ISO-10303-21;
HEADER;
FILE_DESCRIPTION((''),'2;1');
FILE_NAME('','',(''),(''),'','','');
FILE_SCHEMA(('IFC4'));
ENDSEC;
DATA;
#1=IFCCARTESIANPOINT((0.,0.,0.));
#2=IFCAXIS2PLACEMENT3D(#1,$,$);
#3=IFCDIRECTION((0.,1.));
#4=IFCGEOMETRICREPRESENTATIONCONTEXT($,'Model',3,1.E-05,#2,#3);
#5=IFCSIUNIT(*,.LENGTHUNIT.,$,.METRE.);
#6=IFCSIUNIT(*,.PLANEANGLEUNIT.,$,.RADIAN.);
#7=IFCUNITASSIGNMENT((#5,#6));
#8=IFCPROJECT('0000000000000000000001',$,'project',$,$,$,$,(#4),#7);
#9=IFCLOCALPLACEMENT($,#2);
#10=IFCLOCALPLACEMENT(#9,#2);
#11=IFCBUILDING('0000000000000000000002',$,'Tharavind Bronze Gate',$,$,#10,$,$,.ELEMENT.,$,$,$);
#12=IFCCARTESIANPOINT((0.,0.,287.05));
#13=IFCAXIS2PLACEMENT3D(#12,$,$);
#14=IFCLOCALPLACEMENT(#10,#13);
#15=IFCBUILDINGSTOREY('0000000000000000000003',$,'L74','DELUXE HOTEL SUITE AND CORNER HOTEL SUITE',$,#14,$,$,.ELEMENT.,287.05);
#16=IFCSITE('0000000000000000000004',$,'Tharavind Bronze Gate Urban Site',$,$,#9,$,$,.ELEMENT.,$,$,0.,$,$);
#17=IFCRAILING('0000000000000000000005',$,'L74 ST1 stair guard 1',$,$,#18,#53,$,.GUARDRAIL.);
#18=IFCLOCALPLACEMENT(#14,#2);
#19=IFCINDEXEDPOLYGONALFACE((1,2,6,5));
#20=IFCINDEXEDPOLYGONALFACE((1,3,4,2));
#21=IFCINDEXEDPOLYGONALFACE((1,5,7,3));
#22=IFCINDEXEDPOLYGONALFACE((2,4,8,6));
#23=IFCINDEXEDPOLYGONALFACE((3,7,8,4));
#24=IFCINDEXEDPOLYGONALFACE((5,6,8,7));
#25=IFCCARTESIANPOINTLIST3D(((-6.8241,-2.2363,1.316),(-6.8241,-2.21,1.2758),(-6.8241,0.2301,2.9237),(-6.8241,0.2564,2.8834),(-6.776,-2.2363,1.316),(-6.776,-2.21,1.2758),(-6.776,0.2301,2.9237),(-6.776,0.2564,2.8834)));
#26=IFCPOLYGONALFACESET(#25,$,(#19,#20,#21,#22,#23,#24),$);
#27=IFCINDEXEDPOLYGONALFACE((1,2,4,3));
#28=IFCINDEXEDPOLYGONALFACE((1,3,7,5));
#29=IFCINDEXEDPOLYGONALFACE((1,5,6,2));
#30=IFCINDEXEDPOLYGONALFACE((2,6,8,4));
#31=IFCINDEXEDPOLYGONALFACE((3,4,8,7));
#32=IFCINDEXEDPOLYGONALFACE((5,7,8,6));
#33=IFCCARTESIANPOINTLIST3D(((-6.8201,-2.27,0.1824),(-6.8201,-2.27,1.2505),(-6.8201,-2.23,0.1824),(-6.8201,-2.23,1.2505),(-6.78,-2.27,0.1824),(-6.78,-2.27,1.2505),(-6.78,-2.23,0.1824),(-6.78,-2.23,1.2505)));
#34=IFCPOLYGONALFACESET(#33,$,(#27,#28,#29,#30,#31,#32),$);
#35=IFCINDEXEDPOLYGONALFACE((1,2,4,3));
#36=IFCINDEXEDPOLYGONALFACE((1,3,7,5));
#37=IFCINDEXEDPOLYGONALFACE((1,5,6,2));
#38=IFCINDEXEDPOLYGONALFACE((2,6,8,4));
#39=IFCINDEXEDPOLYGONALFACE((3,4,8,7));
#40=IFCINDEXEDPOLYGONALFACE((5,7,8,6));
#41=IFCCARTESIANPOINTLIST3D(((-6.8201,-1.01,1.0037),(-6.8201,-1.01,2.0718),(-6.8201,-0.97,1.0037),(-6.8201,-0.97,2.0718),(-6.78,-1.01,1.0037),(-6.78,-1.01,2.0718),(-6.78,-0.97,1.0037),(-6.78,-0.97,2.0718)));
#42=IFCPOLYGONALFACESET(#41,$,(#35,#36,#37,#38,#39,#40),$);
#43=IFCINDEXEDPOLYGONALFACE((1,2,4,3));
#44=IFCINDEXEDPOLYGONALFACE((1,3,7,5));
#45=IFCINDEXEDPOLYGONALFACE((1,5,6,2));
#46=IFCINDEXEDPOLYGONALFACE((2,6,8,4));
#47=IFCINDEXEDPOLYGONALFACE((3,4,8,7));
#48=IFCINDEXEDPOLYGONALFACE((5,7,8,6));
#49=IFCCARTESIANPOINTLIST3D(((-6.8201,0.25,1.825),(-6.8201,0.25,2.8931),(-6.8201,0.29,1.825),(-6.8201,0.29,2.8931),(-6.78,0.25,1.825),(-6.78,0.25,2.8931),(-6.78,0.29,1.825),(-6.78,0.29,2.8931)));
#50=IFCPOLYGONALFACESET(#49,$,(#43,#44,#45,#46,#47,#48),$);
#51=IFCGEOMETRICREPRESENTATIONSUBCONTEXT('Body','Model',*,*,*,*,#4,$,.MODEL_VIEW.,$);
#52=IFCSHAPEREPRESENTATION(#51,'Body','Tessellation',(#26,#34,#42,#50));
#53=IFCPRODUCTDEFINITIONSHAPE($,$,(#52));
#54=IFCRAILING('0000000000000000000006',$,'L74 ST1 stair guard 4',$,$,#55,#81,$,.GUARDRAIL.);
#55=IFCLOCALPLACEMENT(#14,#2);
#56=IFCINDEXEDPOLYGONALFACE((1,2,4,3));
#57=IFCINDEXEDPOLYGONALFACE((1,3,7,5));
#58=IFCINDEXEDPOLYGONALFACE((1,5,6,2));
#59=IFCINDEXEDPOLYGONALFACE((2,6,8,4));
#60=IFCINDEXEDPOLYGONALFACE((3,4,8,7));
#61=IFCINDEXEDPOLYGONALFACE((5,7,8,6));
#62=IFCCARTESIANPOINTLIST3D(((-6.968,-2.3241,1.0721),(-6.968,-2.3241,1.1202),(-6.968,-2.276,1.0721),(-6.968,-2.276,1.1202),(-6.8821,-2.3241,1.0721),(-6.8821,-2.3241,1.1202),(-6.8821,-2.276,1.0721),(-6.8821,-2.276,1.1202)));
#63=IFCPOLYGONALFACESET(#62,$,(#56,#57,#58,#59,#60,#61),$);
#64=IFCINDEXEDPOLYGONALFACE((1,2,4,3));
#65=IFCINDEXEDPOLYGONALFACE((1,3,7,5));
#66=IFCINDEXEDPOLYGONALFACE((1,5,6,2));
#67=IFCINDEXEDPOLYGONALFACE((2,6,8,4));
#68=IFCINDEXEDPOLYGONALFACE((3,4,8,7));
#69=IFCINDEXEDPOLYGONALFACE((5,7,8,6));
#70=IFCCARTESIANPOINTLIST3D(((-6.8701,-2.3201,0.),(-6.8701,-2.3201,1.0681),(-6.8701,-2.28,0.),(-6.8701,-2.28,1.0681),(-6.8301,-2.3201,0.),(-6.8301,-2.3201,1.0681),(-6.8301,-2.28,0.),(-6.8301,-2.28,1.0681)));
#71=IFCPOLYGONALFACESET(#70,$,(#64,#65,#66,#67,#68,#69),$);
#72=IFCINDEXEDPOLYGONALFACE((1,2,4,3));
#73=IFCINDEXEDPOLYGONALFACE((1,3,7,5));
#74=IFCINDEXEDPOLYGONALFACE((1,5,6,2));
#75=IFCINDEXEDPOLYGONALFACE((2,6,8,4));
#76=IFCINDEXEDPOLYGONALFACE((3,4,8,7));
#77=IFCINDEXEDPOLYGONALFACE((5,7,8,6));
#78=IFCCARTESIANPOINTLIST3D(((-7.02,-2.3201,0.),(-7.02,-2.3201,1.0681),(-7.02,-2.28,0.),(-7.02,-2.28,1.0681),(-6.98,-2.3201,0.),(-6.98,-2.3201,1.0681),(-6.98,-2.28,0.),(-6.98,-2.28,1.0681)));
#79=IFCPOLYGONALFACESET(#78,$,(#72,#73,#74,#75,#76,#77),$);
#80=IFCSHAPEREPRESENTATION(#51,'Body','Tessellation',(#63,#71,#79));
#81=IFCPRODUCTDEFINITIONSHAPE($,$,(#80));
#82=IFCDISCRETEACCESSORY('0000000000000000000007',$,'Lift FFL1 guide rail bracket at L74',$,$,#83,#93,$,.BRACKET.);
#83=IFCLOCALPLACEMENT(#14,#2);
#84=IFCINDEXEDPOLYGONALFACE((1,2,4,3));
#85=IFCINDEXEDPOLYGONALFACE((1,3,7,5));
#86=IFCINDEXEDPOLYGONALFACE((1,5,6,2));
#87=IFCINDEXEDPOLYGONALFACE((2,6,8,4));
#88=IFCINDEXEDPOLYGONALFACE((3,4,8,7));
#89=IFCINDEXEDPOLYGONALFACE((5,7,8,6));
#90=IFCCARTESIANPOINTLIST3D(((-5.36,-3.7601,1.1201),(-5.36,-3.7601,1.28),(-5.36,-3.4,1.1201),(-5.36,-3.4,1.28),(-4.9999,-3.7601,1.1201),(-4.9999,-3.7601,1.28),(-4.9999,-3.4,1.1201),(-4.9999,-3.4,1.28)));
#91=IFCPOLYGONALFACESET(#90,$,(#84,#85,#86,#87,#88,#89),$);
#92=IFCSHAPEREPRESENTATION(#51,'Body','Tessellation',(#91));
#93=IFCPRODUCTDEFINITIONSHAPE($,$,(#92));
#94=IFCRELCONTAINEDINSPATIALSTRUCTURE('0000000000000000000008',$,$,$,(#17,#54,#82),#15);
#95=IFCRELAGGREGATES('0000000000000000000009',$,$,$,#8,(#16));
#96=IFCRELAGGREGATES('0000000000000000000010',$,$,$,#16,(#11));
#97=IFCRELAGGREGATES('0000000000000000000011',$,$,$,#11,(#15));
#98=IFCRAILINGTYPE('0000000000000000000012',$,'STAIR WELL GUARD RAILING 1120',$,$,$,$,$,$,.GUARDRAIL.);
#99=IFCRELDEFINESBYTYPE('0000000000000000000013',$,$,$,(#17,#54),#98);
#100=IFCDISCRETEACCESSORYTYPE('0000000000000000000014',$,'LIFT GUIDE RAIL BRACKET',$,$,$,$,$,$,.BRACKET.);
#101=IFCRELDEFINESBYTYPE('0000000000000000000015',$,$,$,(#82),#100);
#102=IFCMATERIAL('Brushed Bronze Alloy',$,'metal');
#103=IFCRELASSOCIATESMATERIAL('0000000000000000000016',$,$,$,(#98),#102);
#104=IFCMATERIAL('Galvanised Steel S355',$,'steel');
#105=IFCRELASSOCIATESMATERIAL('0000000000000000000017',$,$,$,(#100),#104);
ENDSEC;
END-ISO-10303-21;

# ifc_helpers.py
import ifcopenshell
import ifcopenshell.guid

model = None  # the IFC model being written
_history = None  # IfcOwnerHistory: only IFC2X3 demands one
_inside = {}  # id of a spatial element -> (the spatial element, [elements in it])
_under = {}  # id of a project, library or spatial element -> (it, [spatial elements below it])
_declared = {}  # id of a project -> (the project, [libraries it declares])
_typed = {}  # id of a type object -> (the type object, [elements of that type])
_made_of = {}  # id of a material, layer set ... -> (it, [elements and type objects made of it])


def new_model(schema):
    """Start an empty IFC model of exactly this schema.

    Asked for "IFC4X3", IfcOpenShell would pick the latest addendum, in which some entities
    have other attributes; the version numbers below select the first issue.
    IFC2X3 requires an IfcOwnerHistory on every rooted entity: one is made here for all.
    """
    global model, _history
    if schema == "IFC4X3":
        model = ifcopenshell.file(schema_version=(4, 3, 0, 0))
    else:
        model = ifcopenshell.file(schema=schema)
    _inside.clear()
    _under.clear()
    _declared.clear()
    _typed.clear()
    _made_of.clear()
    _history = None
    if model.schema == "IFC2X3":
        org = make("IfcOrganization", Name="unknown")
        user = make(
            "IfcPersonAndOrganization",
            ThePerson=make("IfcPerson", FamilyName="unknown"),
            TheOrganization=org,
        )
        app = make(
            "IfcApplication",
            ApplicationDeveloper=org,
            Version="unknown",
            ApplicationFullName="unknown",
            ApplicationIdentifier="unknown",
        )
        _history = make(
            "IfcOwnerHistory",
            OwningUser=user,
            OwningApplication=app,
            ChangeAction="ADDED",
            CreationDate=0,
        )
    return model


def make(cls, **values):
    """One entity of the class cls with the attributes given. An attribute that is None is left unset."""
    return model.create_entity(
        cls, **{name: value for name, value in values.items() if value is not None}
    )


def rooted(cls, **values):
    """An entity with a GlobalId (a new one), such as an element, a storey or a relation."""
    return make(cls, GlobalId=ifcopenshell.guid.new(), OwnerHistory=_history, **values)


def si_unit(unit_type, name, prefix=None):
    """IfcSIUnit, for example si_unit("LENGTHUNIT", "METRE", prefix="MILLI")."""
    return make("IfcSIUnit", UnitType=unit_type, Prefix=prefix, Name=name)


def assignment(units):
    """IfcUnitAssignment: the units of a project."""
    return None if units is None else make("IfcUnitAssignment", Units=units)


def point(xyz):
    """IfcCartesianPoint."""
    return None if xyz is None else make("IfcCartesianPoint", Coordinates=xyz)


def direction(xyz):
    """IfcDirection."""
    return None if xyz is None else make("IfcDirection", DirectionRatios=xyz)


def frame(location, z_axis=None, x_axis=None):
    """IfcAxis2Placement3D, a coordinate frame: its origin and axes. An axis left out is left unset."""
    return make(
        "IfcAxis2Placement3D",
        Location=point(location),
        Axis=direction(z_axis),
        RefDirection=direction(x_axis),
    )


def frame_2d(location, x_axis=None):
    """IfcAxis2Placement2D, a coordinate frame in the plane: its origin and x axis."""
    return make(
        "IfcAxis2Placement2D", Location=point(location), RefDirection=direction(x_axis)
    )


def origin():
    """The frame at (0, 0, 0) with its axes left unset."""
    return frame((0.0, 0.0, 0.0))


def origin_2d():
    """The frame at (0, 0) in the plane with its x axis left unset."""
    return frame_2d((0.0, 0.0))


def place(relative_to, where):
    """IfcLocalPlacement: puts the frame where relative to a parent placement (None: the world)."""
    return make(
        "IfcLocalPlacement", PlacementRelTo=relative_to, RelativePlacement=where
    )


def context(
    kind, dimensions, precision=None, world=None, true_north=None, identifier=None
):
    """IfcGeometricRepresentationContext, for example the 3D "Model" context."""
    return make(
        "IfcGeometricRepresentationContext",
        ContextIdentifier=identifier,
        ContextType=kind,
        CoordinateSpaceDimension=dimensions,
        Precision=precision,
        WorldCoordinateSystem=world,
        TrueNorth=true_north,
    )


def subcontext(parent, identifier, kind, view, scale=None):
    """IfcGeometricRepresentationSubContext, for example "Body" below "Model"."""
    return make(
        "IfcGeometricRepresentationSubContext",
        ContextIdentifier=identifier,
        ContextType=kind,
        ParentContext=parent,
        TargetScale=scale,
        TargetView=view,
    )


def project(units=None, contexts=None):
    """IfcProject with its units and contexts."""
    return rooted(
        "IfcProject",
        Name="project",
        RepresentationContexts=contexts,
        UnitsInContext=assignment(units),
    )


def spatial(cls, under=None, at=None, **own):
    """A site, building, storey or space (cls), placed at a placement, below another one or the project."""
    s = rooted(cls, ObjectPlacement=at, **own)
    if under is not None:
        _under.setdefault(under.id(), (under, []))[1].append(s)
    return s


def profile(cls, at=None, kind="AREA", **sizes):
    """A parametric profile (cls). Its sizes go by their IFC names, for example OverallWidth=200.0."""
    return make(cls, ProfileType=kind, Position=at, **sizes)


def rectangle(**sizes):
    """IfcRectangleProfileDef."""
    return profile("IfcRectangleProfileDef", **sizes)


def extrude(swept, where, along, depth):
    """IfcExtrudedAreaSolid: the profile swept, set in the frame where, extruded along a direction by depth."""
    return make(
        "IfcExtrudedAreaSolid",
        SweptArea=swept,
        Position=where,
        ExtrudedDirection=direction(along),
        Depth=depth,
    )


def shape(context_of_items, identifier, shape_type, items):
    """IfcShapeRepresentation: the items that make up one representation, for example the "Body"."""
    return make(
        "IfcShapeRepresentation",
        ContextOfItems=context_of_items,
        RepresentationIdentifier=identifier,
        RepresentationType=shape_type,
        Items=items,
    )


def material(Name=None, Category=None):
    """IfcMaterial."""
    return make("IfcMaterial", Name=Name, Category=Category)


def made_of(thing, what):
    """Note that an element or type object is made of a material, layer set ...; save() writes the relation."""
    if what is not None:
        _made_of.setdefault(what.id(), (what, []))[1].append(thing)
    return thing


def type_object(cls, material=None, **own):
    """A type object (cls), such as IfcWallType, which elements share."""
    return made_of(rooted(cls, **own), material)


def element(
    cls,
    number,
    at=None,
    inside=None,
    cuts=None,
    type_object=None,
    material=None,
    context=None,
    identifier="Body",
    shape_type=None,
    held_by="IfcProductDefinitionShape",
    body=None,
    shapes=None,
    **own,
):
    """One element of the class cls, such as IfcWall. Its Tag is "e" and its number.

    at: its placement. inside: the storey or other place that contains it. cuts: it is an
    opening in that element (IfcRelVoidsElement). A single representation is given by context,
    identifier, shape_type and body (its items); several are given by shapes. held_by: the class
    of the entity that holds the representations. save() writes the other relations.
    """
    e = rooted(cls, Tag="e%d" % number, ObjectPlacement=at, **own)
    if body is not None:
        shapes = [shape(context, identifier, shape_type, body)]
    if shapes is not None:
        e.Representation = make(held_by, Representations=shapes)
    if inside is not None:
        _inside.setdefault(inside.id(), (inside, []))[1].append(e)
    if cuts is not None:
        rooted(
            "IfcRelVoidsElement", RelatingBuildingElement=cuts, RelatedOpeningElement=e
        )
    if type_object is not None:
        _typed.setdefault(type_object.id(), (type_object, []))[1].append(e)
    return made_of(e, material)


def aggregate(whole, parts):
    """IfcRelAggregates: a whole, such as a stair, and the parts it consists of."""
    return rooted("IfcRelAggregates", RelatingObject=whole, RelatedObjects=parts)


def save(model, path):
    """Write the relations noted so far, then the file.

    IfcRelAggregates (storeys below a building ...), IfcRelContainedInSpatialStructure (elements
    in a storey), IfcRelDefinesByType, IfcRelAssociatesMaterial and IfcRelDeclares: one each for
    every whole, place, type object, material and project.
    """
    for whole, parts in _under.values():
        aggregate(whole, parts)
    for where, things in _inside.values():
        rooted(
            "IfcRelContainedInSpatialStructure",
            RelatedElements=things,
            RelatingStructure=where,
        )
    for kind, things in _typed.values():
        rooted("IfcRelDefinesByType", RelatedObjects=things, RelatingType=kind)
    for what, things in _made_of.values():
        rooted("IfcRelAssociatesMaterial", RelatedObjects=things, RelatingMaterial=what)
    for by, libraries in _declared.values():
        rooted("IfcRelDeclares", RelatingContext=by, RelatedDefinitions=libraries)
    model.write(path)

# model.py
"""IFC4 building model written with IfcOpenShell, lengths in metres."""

from ifc_helpers import new_model, si_unit, direction, frame, origin, origin_2d, place, context, subcontext, project, spatial, rectangle, extrude, material, type_object, element, save


model = new_model("IFC4")

# Units and contexts
model_context = context("Model", 3, precision=1e-05, world=origin(), true_north=direction((0.0, 1.0)))
body_context = subcontext(model_context, "Body", "Model", "MODEL_VIEW")
ifc_project = project(units=[si_unit("LENGTHUNIT", "METRE"), si_unit("PLANEANGLEUNIT", "RADIAN")], contexts=[model_context])

# Site, building, storey
site_placement = place(None, origin())
site = spatial("IfcSite", under=ifc_project, at=site_placement, Name="Tharavind Bronze Gate Urban Site", CompositionType="ELEMENT", RefElevation=0.0)
building_placement = place(site_placement, origin())
building = spatial("IfcBuilding", under=site, at=building_placement, Name="Tharavind Bronze Gate", CompositionType="ELEMENT")
storey_placement = place(building_placement, frame((0.0, 0.0, 287.05)))
storey = spatial("IfcBuildingStorey", under=building, at=storey_placement, Name="L74", Description="DELUXE HOTEL SUITE AND CORNER HOTEL SUITE", CompositionType="ELEMENT", Elevation=287.05)

# Railings
ifc_material_1 = material(Name="Brushed Bronze Alloy", Category="metal")
railing_type_1 = type_object("IfcRailingType", Name="STAIR WELL GUARD RAILING 1120", PredefinedType="GUARDRAIL", material=ifc_material_1)
railing_1_placement = place(storey_placement, frame((-6.8, -2.25, 0.1824)))
element("IfcRailing", 1, at=railing_1_placement, inside=storey, type_object=railing_type_1, Name="L74 ST1 stair guard 1", PredefinedType="GUARDRAIL", context=body_context, shape_type="SweptSolid", body=[
    extrude(rectangle(XDim=0.0481, YDim=0.0481, at=origin_2d()), frame((0.0, 0.0269, 1.1135), z_axis=(0.0, 0.837749, 0.546055), x_axis=(-1.0, 0.0, 0.0)), (0.0, 0.0, 1.0), 2.9441),
    extrude(rectangle(XDim=0.04, YDim=0.04, at=origin_2d()), origin(), (0.0, 0.0, 1.0), 1.0681),
    extrude(rectangle(XDim=0.04, YDim=0.04, at=origin_2d()), frame((0.0, 1.26, 0.8213)), (0.0, 0.0, 1.0), 1.0681),
    extrude(rectangle(XDim=0.04, YDim=0.04, at=origin_2d()), frame((0.0, 2.52, 1.6426)), (0.0, 0.0, 1.0), 1.0681),
])
railing_2_placement = place(storey_placement, frame((-6.8501, -2.3, 0.0)))
element("IfcRailing", 2, at=railing_2_placement, inside=storey, type_object=railing_type_1, Name="L74 ST1 stair guard 4", PredefinedType="GUARDRAIL", context=body_context, shape_type="SweptSolid", body=[
    extrude(rectangle(XDim=0.0481, YDim=0.0481, at=origin_2d()), frame((-0.032, 0.0, 1.0962), z_axis=(-1.0, 0.0, 0.0), x_axis=(0.0, -1.0, 0.0)), (0.0, 0.0, 1.0), 0.0859),
    extrude(rectangle(XDim=0.04, YDim=0.04, at=origin_2d()), origin(), (0.0, 0.0, 1.0), 1.0681),
    extrude(rectangle(XDim=0.04, YDim=0.04, at=origin_2d()), frame((-0.1499, 0.0, 0.0)), (0.0, 0.0, 1.0), 1.0681),
])

# Discrete accessory
ifc_material_2 = material(Name="Galvanised Steel S355", Category="steel")
discrete_accessory_type = type_object("IfcDiscreteAccessoryType", Name="LIFT GUIDE RAIL BRACKET", PredefinedType="BRACKET", material=ifc_material_2)
discrete_accessory_placement = place(storey_placement, frame((-5.1799, -3.5801, 1.1201), z_axis=(0.0, 0.0, 1.0), x_axis=(1.0, 0.0, 0.0)))
element("IfcDiscreteAccessory", 3, at=discrete_accessory_placement, inside=storey, type_object=discrete_accessory_type, Name="Lift FFL1 guide rail bracket at L74", PredefinedType="BRACKET", context=body_context, shape_type="SweptSolid", body=[
    extrude(rectangle(XDim=0.3601, YDim=0.3601, at=origin_2d()), origin(), (0.0, 0.0, 1.0), 0.1599),
])

save(model, "model.ifc")
